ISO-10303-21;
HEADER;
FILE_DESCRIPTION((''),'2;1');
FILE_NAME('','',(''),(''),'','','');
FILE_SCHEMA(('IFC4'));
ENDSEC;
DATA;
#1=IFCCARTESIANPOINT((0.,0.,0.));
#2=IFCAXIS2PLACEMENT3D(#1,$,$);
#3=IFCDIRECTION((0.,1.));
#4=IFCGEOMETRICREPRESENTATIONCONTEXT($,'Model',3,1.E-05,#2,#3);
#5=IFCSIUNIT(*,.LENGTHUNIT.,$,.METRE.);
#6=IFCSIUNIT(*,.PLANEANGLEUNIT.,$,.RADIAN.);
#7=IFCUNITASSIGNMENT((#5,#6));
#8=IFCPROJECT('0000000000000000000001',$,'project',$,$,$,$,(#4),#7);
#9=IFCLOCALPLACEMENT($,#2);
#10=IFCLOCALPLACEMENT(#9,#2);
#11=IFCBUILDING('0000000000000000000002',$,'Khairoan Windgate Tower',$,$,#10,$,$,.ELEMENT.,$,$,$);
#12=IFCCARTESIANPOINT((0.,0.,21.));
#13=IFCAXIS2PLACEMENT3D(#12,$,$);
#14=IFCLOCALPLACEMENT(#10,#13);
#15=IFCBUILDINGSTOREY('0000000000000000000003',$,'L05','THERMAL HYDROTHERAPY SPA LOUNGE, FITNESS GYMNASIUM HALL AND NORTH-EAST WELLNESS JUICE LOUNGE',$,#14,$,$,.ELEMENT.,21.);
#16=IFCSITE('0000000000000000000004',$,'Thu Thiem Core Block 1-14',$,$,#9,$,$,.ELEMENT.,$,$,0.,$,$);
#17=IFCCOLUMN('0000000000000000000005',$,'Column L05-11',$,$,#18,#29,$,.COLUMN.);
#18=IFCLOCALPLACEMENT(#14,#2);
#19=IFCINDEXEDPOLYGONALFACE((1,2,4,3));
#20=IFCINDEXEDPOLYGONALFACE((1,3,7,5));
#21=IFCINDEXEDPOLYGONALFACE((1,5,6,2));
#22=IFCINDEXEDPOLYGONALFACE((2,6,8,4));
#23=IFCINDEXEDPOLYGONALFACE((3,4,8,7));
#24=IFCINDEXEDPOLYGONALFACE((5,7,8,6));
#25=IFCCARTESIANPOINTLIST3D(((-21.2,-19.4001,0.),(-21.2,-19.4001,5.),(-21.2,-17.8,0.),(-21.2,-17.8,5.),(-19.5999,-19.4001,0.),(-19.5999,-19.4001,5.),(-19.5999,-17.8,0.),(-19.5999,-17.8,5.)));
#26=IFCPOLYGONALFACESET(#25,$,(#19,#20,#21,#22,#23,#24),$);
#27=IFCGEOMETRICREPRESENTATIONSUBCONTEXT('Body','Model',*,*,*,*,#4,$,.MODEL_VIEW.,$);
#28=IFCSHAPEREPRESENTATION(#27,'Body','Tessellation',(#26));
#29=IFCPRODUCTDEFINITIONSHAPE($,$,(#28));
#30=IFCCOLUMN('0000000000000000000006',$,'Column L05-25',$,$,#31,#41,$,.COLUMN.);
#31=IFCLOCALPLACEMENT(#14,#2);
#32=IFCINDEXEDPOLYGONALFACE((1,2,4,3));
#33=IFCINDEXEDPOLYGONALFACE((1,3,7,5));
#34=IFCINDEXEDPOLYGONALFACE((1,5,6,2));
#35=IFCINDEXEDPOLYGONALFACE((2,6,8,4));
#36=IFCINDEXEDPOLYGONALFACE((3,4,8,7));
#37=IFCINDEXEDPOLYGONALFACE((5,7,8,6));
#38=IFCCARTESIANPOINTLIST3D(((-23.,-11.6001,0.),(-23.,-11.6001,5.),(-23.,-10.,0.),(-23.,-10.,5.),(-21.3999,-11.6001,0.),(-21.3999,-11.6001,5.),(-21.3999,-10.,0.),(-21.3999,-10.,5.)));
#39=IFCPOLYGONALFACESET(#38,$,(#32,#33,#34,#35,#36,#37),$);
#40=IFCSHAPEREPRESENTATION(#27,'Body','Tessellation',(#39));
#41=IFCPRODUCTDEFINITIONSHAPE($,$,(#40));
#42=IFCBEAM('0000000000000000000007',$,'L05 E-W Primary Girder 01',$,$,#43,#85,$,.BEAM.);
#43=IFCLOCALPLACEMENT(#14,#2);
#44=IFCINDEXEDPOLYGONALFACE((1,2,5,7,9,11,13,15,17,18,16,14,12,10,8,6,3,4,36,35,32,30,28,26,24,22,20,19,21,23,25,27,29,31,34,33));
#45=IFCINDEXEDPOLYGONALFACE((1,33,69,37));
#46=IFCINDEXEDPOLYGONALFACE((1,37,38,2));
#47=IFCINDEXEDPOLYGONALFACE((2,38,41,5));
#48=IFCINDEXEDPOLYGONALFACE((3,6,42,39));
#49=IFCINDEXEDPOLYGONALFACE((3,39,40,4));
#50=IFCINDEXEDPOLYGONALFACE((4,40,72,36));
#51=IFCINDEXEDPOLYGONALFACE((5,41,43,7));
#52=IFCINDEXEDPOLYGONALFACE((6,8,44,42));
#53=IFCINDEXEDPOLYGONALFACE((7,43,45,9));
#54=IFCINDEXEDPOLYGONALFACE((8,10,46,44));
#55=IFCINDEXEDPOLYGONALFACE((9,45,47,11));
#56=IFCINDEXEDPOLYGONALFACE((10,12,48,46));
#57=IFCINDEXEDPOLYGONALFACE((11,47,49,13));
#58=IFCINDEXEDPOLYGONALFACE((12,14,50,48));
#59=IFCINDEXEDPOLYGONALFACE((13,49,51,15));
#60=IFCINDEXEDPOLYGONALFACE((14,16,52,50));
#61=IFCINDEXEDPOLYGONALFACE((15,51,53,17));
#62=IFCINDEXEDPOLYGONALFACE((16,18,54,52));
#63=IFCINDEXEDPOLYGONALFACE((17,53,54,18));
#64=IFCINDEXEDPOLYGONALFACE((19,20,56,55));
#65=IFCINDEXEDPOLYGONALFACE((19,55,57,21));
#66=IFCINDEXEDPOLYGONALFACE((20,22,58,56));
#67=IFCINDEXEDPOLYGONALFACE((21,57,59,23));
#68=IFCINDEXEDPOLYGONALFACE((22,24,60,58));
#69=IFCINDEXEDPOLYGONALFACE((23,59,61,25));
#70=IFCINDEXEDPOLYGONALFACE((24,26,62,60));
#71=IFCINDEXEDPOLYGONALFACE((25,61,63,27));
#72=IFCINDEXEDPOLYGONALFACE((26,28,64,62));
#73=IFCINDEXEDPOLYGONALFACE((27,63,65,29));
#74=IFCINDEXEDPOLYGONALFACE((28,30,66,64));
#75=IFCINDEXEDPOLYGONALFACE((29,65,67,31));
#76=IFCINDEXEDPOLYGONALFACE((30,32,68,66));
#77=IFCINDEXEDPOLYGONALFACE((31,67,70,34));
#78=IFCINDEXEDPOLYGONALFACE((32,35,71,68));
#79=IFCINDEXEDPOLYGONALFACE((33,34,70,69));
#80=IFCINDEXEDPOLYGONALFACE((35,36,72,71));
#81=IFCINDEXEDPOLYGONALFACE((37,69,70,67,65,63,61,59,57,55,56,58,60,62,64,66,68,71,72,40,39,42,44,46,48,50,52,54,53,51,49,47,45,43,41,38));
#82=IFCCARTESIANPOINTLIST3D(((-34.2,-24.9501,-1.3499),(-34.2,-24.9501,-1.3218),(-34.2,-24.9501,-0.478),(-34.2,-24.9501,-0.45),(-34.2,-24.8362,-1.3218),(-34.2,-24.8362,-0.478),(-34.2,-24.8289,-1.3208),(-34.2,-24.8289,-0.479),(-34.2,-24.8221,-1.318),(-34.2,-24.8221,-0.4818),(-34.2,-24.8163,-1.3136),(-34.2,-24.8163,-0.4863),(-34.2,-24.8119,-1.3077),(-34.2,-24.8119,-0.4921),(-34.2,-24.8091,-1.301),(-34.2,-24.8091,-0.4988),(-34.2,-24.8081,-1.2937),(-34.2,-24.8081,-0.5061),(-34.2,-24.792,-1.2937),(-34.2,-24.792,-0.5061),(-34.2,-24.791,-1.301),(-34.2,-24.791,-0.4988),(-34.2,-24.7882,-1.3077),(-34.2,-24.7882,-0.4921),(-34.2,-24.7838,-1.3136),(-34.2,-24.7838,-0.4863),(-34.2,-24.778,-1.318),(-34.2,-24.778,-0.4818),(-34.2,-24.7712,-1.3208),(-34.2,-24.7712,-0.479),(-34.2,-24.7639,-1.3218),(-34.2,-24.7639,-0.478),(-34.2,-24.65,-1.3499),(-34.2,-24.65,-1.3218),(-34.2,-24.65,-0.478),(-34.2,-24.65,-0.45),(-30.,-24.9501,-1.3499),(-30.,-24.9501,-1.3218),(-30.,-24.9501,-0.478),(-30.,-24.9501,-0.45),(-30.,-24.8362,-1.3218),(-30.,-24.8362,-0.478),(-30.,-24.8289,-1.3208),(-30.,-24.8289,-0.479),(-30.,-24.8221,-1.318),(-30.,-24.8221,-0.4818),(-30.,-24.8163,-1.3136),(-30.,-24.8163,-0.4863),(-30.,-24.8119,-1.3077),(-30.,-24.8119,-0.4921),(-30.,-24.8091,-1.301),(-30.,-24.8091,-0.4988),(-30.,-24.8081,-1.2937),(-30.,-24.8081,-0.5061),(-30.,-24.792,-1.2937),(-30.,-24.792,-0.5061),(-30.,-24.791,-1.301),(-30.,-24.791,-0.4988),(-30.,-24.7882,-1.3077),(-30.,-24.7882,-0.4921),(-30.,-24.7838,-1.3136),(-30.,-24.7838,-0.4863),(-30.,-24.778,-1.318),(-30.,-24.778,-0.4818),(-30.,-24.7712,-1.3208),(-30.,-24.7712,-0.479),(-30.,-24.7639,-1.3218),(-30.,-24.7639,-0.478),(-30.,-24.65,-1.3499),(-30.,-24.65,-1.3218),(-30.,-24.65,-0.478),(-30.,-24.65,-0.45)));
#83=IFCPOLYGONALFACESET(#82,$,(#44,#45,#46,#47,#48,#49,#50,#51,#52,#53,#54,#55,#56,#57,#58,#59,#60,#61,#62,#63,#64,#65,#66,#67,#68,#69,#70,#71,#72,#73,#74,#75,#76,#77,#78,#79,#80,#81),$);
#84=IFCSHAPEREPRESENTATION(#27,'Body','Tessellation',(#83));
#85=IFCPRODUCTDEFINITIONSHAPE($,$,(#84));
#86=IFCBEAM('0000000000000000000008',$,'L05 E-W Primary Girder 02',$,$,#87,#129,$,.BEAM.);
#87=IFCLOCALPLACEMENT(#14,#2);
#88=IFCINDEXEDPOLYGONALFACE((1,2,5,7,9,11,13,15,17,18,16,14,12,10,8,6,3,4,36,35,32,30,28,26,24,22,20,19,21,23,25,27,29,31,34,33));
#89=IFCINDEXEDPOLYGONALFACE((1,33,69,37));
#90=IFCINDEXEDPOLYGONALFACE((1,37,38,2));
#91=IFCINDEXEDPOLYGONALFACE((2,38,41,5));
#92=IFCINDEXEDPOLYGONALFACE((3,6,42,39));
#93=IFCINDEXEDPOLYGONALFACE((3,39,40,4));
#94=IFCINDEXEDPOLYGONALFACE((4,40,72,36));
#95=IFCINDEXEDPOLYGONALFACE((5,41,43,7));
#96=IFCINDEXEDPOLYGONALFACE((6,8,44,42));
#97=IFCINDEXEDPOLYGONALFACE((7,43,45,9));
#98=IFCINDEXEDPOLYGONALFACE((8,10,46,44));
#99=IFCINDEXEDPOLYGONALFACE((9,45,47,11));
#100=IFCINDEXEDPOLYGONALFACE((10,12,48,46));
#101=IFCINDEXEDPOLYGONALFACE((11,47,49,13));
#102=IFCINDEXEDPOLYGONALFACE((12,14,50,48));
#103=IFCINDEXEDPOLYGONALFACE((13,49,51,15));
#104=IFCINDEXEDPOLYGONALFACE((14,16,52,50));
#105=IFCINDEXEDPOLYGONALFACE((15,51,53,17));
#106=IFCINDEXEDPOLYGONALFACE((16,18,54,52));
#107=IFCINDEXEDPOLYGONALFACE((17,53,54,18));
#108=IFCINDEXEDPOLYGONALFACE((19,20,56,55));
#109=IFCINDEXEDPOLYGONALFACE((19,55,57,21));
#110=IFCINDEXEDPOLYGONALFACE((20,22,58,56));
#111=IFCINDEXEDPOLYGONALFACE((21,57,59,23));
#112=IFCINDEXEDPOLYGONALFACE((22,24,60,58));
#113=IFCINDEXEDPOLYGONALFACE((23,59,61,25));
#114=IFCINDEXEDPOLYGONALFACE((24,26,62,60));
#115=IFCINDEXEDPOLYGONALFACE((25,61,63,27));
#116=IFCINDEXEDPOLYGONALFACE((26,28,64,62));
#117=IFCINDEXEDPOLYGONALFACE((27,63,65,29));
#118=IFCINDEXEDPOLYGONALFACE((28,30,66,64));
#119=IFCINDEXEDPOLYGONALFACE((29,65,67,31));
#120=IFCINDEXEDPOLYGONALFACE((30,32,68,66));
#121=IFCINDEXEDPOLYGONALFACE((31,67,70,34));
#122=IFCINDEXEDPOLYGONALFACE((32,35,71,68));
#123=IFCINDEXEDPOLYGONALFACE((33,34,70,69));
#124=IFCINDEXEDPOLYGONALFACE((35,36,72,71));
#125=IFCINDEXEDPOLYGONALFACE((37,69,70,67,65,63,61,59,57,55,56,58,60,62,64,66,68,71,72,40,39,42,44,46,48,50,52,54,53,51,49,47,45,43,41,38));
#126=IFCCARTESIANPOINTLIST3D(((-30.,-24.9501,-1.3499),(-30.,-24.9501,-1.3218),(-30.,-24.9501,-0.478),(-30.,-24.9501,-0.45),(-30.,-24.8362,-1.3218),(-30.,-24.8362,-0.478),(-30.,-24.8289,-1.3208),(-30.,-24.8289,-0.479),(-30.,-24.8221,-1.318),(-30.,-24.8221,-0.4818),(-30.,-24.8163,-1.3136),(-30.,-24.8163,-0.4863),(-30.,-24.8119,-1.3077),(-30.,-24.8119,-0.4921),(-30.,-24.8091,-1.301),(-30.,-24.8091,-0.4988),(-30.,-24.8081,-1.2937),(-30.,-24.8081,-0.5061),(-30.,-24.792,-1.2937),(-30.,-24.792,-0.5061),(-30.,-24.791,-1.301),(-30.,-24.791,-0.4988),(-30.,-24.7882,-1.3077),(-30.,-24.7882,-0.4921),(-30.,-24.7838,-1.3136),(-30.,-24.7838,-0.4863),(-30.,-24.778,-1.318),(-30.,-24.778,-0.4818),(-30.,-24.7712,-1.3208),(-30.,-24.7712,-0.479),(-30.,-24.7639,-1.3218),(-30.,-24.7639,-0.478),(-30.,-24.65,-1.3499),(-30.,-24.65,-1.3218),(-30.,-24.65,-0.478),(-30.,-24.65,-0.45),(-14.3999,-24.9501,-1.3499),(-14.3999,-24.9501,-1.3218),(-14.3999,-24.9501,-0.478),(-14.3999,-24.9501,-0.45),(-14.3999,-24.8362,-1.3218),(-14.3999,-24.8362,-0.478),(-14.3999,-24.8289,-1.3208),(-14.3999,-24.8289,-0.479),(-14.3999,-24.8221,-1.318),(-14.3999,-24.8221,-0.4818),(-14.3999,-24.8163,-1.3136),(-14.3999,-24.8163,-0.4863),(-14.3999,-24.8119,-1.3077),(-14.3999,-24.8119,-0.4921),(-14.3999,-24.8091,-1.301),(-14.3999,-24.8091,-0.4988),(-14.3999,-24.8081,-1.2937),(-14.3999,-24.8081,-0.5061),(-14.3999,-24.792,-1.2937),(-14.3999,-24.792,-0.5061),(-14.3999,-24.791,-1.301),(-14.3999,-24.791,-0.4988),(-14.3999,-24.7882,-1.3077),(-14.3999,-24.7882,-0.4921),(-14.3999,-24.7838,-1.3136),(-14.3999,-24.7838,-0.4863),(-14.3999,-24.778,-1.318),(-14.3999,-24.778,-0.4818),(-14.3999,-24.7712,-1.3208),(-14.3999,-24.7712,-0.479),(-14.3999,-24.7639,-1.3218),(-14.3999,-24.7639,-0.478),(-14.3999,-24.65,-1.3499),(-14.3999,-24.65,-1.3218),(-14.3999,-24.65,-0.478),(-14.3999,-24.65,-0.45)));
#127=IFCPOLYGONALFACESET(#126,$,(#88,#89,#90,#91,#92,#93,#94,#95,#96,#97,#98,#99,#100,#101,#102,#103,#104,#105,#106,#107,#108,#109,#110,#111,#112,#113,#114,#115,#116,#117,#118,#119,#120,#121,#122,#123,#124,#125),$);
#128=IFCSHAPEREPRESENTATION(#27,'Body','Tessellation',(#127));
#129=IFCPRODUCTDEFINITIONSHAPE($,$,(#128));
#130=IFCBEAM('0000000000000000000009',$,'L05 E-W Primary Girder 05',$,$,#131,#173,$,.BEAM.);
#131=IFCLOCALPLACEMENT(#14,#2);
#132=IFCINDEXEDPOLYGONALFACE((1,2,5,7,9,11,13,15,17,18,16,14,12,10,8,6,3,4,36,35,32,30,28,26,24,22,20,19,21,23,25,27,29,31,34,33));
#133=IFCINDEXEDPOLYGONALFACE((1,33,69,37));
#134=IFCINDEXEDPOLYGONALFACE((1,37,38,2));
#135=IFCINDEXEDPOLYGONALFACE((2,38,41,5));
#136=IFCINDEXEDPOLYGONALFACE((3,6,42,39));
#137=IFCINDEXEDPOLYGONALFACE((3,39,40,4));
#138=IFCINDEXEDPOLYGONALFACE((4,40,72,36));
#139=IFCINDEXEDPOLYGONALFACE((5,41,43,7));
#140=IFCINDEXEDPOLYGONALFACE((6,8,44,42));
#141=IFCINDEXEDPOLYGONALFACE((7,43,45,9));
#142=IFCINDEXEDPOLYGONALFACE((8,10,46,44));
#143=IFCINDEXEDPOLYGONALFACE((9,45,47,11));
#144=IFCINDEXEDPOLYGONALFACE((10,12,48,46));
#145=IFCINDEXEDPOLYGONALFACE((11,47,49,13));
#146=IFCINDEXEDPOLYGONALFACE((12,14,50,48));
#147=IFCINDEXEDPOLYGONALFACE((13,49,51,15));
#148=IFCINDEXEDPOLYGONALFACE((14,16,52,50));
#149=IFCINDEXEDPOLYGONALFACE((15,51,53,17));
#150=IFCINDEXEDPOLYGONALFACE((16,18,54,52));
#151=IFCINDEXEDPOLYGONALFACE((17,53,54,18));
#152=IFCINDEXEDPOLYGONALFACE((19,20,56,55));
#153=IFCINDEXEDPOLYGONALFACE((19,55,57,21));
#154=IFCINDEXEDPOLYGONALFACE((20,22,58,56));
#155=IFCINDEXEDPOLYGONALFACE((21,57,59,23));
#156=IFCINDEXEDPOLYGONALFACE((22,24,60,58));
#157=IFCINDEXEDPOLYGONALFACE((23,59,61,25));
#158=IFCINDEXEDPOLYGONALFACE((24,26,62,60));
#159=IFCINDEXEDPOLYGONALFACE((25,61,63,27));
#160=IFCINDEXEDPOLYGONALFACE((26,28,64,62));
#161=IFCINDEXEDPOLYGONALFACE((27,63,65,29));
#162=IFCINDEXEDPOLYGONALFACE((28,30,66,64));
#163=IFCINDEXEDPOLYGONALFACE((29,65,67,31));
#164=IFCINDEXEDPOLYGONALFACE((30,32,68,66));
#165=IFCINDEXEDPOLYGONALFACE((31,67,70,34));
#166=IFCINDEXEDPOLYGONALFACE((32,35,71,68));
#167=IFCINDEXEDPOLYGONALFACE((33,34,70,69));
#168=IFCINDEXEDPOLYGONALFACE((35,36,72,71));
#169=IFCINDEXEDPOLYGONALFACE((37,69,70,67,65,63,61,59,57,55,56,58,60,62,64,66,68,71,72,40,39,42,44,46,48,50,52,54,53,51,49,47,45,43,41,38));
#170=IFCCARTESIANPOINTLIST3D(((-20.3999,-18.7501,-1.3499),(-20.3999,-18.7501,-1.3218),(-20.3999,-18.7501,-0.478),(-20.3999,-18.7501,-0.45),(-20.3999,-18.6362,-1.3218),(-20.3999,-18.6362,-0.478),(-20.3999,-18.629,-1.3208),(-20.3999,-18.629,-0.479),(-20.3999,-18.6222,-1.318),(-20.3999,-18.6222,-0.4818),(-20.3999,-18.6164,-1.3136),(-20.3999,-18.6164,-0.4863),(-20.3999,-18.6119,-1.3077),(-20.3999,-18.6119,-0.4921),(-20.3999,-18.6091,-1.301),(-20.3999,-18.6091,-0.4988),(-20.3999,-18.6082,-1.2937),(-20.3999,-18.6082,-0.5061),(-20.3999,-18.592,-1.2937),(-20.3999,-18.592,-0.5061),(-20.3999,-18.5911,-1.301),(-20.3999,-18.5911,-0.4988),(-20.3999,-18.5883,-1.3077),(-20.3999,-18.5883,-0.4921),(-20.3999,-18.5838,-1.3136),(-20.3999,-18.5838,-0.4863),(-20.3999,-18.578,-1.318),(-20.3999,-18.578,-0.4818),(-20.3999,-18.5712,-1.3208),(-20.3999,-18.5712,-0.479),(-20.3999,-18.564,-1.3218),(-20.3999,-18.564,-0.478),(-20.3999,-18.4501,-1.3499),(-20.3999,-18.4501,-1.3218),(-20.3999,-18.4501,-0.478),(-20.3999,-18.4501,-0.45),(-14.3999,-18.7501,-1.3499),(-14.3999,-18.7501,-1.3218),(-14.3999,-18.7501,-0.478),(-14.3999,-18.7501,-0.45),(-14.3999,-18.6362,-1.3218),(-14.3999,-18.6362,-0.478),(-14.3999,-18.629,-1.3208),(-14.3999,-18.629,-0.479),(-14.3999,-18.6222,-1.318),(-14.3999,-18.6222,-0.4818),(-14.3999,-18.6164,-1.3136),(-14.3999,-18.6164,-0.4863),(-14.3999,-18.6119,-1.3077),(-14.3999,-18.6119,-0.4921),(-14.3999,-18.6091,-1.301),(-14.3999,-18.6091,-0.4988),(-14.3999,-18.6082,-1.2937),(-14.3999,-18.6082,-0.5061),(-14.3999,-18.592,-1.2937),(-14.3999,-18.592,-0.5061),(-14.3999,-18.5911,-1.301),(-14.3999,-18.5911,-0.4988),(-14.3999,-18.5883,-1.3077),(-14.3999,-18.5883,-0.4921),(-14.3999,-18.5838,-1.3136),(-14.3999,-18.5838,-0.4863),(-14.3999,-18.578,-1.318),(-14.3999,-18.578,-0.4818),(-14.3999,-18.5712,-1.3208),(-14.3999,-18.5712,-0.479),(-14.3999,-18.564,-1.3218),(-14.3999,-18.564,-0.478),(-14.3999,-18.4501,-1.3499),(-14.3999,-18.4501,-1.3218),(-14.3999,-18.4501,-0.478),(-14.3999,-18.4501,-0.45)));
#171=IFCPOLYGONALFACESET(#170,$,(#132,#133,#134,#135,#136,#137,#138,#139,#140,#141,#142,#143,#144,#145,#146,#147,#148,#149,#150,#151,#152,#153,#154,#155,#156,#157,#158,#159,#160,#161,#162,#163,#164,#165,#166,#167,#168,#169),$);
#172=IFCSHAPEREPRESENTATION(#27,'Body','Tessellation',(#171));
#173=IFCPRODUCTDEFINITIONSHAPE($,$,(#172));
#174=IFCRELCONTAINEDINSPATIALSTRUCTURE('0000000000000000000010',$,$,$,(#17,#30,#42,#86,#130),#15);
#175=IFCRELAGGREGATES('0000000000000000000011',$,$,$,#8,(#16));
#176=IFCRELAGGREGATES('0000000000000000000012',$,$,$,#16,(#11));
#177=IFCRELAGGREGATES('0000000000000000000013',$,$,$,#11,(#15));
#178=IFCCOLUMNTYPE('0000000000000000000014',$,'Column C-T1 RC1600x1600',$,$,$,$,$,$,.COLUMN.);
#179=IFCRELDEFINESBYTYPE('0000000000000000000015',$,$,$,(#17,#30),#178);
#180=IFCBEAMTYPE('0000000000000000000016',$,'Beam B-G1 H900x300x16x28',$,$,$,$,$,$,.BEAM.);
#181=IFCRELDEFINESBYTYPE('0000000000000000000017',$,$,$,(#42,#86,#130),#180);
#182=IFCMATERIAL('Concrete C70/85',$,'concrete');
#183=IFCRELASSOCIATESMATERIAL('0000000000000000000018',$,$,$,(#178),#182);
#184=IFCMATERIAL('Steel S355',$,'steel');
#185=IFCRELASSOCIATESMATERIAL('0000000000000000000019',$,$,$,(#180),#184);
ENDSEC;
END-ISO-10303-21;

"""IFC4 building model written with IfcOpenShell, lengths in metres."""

from ifc_helpers import new_model, si_unit, direction, frame, origin, origin_2d, place, context, subcontext, project, spatial, rectangle, i_section, extrude, material, material_profile, profile_set, type_object, element, save


model = new_model("IFC4")

# Units and contexts
model_context = context("Model", 3, precision=1e-05, world=origin(), true_north=direction((0.0, 1.0)))
body_context = subcontext(model_context, "Body", "Model", "MODEL_VIEW")
ifc_project = project(units=[si_unit("LENGTHUNIT", "METRE"), si_unit("PLANEANGLEUNIT", "RADIAN")], contexts=[model_context])

# Site, building, storey
site_placement = place(None, origin())
site = spatial("IfcSite", under=ifc_project, at=site_placement, Name="Thu Thiem Core Block 1-14", CompositionType="ELEMENT", RefElevation=0.0)
building_placement = place(site_placement, origin())
building = spatial("IfcBuilding", under=site, at=building_placement, Name="Khairoan Windgate Tower", CompositionType="ELEMENT")
storey_placement = place(building_placement, frame((0.0, 0.0, 21.0)))
storey = spatial("IfcBuildingStorey", under=building, at=storey_placement, Name="L05", Description="THERMAL HYDROTHERAPY SPA LOUNGE, FITNESS GYMNASIUM HALL AND NORTH-EAST WELLNESS JUICE LOUNGE", CompositionType="ELEMENT", Elevation=21.0)

# Columns
ifc_material_1 = material(Name="Concrete C70/85", Category="concrete")
ifc_material_profile_1 = material_profile(ifc_material_1, rectangle(XDim=1.6001, YDim=1.6001, at=origin_2d()))
ifc_profile_set_1 = profile_set([ifc_material_profile_1], Name="Concrete C70/85")
column_type = type_object("IfcColumnType", Name="Column C-T1 RC1600x1600", PredefinedType="COLUMN", material=ifc_profile_set_1)
for number, where, z_axis, x_axis, name in (
    (1, (-20.3999, -18.6001, 0.0), (0.0, 0.0, 1.0), (1.0, 0.0, 0.0), "Column L05-11"),
    (2, (-22.2, -10.8, 0.0), (0.0, 0.0, 1.0), (1.0, 0.0, 0.0), "Column L05-25"),
):
    element("IfcColumn", number, at=place(storey_placement, frame(where, z_axis=z_axis, x_axis=x_axis)), inside=storey, type_object=column_type, Name=name, PredefinedType="COLUMN", context=body_context, shape_type="SweptSolid", body=[
        extrude(rectangle(XDim=1.6001, YDim=1.6001, at=origin_2d()), origin(), (0.0, 0.0, 1.0), 5.0),
    ])

# Beams
ifc_material_2 = material(Name="Steel S355", Category="steel")
ifc_material_profile_2 = material_profile(ifc_material_2, i_section(OverallWidth=0.3, OverallDepth=0.8999, WebThickness=0.0161, FlangeThickness=0.0281, FilletRadius=0.0281, at=origin_2d()))
ifc_profile_set_2 = profile_set([ifc_material_profile_2], Name="Steel S355")
beam_type = type_object("IfcBeamType", Name="Beam B-G1 H900x300x16x28", PredefinedType="BEAM", material=ifc_profile_set_2)
beam_1_placement = place(storey_placement, frame((-34.2, -24.8, -0.8999), z_axis=(1.0, 0.0, 0.0), x_axis=(0.0, 1.0, 0.0)))
element("IfcBeam", 3, at=beam_1_placement, inside=storey, type_object=beam_type, Name="L05 E-W Primary Girder 01", PredefinedType="BEAM", context=body_context, shape_type="SweptSolid", body=[
    extrude(i_section(OverallWidth=0.3, OverallDepth=0.8999, WebThickness=0.0161, FlangeThickness=0.0281, FilletRadius=0.0281, at=origin_2d()), origin(), (0.0, 0.0, 1.0), 4.2),
])
beam_2_placement = place(storey_placement, frame((-30.0, -24.8, -0.8999), z_axis=(1.0, 0.0, 0.0), x_axis=(0.0, 1.0, 0.0)))
element("IfcBeam", 4, at=beam_2_placement, inside=storey, type_object=beam_type, Name="L05 E-W Primary Girder 02", PredefinedType="BEAM", context=body_context, shape_type="SweptSolid", body=[
    extrude(i_section(OverallWidth=0.3, OverallDepth=0.8999, WebThickness=0.0161, FlangeThickness=0.0281, FilletRadius=0.0281, at=origin_2d()), origin(), (0.0, 0.0, 1.0), 15.6001),
])
beam_3_placement = place(storey_placement, frame((-20.3999, -18.6001, -0.8999), z_axis=(1.0, 0.0, 0.0), x_axis=(0.0, 1.0, 0.0)))
element("IfcBeam", 5, at=beam_3_placement, inside=storey, type_object=beam_type, Name="L05 E-W Primary Girder 05", PredefinedType="BEAM", context=body_context, shape_type="SweptSolid", body=[
    extrude(i_section(OverallWidth=0.3, OverallDepth=0.8999, WebThickness=0.0161, FlangeThickness=0.0281, FilletRadius=0.0281, at=origin_2d()), origin(), (0.0, 0.0, 1.0), 6.0),
])

save(model, "model.ifc")
